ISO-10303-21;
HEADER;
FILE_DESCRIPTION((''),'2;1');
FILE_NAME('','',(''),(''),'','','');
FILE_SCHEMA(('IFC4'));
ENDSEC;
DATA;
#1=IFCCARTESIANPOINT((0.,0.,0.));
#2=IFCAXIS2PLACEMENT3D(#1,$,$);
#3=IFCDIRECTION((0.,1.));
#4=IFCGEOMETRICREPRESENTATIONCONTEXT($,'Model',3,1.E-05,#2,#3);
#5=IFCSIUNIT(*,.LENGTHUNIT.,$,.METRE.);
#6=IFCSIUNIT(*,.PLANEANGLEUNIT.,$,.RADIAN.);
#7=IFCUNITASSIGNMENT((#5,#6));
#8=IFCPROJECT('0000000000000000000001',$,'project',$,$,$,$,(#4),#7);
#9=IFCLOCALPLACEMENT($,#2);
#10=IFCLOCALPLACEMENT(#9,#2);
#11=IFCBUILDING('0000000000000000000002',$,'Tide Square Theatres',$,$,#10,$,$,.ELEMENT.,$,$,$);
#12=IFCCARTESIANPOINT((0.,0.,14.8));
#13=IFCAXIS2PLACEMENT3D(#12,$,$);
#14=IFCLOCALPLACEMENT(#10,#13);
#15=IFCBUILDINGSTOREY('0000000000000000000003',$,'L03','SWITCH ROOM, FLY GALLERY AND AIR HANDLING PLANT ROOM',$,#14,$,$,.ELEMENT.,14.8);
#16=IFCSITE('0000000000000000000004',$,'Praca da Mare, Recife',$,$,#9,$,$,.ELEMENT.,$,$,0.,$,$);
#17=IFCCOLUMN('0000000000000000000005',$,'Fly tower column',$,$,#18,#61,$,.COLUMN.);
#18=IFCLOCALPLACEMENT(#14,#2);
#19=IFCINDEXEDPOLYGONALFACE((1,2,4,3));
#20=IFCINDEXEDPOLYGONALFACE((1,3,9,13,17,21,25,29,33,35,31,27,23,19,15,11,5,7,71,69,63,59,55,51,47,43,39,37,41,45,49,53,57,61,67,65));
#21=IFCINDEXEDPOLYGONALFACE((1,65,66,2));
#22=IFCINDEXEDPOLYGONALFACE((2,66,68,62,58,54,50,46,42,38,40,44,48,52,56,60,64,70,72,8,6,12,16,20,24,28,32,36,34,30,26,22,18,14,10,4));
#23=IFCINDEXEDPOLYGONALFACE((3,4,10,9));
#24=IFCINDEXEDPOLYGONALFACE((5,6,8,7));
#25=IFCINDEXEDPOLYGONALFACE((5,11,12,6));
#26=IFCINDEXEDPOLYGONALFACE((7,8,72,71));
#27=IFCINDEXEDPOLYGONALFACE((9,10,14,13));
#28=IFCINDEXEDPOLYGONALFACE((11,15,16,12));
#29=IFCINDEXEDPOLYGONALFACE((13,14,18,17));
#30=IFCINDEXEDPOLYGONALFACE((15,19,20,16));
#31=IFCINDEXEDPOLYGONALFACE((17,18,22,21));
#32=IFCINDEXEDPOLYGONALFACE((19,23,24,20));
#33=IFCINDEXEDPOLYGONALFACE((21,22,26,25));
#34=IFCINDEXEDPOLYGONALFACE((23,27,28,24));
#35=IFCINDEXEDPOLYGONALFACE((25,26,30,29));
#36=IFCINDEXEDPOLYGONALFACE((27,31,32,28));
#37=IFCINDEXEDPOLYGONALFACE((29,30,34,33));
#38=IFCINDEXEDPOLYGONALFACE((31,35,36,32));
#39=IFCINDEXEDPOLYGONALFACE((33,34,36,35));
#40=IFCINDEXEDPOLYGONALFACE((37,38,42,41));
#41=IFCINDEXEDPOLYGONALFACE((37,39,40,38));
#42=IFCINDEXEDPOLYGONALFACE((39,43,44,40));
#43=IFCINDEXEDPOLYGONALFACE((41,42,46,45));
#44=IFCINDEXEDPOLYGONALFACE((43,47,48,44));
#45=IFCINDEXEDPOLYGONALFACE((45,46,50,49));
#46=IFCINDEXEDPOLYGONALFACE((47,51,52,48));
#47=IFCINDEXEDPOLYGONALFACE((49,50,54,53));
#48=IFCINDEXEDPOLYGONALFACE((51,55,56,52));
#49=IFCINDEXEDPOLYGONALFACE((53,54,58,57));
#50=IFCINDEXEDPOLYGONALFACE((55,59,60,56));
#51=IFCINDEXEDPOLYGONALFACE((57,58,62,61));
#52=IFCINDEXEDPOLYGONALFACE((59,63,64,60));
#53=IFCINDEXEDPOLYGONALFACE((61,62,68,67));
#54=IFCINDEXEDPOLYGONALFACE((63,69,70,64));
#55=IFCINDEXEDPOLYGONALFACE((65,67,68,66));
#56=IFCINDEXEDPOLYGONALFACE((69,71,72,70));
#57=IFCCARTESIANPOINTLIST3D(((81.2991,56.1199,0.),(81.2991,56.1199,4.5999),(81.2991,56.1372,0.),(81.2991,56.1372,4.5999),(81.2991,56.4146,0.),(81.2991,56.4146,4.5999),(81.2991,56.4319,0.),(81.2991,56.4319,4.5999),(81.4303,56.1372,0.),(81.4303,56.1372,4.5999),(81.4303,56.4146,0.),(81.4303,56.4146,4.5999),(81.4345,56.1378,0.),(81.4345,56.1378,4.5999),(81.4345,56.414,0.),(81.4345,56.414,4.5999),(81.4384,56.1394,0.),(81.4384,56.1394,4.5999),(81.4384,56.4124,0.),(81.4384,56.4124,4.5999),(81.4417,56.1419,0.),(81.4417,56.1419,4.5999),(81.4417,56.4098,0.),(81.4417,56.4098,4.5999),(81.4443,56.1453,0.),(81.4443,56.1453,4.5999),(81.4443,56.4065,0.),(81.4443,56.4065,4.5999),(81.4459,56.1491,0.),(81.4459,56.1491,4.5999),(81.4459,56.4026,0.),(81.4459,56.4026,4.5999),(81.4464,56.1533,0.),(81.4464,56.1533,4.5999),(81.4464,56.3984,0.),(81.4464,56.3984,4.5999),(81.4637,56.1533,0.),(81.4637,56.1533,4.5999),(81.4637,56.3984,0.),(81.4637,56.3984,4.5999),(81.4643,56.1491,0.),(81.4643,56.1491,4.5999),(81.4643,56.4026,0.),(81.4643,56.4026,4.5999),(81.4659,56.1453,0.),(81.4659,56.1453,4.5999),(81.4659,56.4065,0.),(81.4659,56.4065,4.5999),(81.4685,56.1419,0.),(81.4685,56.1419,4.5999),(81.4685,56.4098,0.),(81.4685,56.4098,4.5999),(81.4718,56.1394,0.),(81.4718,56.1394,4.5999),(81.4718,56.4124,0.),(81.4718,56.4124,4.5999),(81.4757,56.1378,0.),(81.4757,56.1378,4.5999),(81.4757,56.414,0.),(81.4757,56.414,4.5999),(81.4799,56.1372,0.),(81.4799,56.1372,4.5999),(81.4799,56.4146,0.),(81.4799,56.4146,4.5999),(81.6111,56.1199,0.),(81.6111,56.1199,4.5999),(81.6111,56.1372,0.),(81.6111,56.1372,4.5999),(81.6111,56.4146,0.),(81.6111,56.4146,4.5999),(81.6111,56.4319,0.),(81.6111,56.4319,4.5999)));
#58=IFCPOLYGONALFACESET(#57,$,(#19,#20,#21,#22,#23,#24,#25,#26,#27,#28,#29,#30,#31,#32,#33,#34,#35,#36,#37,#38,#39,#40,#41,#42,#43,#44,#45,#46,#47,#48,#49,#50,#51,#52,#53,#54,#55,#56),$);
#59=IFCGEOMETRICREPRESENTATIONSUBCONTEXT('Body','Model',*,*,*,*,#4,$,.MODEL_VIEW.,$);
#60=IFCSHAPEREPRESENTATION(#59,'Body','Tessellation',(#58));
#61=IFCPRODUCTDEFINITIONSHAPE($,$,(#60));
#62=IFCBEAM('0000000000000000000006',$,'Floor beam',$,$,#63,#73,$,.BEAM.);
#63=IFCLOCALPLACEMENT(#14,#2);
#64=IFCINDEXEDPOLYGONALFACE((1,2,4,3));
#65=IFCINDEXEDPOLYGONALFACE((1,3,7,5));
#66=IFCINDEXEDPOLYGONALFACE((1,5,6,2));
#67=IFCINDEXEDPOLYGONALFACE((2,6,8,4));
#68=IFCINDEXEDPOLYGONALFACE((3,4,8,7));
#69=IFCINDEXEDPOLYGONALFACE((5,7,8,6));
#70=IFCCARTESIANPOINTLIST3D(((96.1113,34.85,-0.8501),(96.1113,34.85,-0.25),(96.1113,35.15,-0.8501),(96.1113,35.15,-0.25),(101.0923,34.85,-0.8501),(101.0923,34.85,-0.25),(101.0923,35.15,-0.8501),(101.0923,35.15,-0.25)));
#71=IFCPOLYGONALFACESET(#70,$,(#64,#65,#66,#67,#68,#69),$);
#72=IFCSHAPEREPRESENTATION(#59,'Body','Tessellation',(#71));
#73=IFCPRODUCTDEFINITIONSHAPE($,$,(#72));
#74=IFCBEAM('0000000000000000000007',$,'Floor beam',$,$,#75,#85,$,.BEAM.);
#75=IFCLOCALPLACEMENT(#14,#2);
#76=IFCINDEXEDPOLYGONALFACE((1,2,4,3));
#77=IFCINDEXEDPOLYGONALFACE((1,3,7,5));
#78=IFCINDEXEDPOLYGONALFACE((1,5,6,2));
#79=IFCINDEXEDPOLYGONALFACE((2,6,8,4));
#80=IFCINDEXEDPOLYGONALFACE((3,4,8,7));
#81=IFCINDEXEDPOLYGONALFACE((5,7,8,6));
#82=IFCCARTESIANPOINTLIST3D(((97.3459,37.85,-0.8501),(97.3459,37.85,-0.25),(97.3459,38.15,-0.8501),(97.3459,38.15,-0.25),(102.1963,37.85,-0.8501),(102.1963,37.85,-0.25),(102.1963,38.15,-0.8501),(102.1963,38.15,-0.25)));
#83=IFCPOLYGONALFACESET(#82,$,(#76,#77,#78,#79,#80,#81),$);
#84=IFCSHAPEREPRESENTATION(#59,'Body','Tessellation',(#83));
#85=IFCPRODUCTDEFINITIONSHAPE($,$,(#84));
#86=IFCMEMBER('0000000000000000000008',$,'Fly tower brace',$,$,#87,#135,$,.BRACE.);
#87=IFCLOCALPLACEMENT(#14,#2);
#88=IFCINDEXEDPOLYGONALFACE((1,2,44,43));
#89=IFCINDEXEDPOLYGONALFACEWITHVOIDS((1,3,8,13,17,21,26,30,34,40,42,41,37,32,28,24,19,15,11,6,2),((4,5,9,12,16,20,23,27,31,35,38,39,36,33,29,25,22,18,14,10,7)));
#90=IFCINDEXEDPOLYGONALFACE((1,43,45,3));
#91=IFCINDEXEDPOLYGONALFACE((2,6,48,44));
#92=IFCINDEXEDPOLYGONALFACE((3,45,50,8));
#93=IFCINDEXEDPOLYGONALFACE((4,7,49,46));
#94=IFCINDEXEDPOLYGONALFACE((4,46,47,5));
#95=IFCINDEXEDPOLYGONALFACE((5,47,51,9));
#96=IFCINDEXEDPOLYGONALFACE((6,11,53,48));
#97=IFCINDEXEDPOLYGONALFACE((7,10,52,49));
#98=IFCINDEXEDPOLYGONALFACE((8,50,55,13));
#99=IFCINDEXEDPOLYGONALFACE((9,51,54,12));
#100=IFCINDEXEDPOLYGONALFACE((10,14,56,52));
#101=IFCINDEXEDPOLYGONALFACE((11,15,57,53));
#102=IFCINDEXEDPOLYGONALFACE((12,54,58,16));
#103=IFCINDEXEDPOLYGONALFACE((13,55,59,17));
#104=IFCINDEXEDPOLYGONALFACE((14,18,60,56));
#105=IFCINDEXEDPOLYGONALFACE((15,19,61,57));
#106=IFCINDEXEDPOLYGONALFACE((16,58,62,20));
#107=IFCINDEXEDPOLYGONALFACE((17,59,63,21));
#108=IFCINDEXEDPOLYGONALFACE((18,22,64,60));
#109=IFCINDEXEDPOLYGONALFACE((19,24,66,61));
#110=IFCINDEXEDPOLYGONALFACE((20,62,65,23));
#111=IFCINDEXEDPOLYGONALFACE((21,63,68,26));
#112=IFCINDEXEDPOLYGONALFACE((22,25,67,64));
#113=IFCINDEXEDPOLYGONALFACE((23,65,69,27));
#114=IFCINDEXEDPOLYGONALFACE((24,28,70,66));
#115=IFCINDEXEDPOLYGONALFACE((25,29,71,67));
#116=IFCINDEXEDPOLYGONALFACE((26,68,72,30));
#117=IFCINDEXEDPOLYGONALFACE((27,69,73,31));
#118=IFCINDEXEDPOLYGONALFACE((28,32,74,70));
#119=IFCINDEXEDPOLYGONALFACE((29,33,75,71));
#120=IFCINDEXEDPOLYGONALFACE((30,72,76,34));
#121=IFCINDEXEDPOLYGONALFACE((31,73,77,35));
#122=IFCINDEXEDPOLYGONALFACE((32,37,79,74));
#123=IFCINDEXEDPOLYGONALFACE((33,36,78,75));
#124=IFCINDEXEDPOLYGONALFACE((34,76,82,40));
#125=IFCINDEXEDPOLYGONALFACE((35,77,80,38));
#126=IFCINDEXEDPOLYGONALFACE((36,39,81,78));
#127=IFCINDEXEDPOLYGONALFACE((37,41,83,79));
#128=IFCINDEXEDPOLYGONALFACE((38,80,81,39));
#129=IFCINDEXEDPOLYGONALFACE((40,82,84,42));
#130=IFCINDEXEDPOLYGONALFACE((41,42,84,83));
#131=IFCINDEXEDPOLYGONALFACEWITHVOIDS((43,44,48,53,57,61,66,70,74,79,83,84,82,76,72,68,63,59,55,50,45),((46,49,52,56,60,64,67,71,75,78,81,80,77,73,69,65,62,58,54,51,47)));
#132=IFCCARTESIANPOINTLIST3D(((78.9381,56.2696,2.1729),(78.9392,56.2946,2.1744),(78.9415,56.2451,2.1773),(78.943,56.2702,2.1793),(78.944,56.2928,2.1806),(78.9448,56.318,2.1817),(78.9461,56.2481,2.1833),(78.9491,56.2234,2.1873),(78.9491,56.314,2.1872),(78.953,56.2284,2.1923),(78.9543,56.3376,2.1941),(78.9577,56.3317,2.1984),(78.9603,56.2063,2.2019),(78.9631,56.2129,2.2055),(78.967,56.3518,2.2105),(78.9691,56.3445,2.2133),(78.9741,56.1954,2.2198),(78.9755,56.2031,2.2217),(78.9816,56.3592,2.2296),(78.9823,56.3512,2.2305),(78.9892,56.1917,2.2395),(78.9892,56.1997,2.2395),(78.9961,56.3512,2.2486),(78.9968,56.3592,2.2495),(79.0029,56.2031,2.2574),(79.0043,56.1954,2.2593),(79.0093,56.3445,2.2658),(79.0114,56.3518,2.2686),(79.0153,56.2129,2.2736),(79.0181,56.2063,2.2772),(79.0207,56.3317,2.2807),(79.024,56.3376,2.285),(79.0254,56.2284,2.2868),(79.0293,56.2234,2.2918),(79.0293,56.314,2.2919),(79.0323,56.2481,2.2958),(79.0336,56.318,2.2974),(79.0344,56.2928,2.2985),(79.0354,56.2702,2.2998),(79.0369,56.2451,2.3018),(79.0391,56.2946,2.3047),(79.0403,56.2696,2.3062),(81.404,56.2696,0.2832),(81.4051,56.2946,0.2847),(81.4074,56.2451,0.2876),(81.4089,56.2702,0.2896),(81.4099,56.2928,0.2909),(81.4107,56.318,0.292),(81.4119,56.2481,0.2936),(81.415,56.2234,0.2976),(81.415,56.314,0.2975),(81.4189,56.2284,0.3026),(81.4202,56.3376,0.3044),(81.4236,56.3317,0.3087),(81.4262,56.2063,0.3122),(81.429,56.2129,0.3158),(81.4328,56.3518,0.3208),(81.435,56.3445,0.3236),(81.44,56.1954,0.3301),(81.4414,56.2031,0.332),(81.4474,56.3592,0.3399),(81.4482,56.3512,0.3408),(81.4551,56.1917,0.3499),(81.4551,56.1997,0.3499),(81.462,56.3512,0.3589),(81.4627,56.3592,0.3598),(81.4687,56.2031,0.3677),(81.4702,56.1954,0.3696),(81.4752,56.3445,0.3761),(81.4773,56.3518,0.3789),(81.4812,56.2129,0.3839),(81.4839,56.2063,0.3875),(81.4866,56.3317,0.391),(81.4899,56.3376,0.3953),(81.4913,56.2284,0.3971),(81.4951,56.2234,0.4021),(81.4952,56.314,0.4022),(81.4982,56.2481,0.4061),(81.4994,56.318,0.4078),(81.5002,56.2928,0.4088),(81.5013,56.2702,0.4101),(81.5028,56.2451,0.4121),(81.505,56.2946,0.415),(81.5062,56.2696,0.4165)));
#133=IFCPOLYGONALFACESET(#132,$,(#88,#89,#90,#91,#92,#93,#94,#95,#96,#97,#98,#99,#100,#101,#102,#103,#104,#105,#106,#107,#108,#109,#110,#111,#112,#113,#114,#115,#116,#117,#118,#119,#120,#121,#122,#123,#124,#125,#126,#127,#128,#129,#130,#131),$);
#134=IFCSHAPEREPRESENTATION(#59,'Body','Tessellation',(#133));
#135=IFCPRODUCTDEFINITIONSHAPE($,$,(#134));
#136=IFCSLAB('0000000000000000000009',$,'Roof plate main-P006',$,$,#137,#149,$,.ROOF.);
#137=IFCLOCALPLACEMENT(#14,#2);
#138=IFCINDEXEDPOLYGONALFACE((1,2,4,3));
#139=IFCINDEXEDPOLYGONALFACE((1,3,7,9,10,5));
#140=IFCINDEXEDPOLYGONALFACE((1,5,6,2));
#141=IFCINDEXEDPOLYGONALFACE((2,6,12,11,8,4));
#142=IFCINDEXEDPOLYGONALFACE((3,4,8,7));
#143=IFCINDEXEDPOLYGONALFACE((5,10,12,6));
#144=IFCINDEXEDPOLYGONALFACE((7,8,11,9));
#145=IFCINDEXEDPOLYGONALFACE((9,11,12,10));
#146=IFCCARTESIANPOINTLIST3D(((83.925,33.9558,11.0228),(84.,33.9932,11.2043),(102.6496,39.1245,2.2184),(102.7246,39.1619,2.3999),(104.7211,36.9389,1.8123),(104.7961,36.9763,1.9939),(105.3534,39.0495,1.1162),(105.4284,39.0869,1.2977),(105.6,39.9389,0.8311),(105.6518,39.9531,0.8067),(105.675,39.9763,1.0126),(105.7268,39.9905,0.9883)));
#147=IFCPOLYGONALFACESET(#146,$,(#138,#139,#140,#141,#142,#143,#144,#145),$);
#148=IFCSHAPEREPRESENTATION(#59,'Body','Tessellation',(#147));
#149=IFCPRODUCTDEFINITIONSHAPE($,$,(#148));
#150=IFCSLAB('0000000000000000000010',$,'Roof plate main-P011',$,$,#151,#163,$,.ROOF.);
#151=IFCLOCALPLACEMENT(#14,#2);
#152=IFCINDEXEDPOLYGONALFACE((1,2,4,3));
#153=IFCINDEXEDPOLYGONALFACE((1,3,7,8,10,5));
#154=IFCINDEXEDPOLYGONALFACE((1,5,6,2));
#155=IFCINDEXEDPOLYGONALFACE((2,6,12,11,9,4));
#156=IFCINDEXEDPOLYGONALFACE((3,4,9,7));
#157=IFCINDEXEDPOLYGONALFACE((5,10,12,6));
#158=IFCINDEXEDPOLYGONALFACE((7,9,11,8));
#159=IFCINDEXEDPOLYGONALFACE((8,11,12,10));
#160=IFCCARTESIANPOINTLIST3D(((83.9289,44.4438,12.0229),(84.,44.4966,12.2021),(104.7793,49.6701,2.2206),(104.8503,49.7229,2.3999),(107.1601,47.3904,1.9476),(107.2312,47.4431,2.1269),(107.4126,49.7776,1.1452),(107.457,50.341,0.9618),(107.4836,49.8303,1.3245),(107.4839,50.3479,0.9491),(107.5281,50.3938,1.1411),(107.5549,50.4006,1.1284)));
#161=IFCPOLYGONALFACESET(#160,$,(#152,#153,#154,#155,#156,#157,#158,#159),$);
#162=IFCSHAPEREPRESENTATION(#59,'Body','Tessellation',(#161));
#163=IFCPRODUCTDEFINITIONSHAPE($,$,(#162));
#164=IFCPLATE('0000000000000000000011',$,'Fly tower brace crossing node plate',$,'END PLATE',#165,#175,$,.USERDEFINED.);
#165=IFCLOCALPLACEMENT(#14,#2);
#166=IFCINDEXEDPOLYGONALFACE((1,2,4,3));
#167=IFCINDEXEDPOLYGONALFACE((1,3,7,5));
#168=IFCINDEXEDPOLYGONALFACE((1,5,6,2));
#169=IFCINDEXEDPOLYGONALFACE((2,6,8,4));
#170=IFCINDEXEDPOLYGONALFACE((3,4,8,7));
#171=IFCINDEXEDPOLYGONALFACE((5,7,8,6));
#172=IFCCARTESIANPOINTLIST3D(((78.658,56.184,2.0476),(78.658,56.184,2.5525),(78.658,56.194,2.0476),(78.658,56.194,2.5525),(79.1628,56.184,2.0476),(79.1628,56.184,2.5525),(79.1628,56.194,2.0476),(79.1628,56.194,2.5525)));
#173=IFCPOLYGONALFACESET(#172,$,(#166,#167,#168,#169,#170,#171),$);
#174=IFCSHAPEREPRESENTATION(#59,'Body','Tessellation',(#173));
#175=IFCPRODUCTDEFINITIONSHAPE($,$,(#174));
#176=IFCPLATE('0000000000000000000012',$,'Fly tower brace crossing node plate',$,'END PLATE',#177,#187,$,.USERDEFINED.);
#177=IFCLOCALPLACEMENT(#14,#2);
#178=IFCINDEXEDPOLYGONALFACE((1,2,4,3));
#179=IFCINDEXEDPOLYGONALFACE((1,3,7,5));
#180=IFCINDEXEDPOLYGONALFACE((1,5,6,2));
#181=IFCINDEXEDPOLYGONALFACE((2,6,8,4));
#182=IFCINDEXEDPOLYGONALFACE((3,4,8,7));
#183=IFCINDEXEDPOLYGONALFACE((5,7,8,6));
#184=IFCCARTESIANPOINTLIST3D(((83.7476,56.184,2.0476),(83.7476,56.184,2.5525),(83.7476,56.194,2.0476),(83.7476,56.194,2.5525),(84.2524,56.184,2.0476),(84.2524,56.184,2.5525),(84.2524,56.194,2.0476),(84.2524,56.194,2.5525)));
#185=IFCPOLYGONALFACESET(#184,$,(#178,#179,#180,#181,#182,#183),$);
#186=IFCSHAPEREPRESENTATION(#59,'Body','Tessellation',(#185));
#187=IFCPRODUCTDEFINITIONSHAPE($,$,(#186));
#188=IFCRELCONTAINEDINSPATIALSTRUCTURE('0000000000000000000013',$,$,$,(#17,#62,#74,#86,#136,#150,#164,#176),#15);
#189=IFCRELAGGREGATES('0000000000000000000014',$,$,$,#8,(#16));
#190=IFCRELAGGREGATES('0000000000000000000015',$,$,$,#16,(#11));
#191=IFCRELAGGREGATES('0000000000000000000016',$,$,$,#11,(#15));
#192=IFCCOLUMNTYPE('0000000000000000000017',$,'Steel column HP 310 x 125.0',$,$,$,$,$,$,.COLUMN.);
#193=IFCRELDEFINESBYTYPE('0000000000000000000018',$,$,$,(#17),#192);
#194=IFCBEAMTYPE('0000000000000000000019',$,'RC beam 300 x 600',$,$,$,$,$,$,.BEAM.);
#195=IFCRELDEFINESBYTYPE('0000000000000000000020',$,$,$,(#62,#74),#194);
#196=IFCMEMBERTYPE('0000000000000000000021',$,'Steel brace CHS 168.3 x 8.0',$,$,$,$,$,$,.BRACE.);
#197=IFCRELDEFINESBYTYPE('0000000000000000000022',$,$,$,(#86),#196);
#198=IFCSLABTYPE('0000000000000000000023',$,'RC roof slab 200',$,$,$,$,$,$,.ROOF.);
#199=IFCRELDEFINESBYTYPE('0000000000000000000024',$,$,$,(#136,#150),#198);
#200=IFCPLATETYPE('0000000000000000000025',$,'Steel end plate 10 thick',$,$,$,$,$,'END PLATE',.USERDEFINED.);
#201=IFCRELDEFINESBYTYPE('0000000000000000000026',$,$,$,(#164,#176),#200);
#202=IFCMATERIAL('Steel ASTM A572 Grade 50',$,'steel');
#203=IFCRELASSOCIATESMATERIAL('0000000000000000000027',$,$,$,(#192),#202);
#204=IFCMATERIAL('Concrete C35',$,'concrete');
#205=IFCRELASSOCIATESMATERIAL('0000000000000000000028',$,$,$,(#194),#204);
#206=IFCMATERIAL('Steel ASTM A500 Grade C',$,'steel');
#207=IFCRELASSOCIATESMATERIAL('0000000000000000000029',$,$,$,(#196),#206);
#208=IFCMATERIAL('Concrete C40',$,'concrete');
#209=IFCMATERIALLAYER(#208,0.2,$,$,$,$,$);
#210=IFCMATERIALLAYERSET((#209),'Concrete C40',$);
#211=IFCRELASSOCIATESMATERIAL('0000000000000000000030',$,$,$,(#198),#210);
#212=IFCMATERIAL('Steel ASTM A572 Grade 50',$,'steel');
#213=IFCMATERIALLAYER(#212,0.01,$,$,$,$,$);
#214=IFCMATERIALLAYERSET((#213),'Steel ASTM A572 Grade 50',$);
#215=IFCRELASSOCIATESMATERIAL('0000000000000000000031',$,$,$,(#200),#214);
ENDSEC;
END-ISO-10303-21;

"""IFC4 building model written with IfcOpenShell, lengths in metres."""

from ifc_helpers import new_model, si_unit, direction, frame, origin, origin_2d, place, context, subcontext, project, spatial, polyline, rectangle, hollow_circle, i_section, outline, extrude, material, layer, layer_set, material_profile, profile_set, type_object, element, save


model = new_model("IFC4")

# Units and contexts
model_context = context("Model", 3, precision=1e-05, world=origin(), true_north=direction((0.0, 1.0)))
body_context = subcontext(model_context, "Body", "Model", "MODEL_VIEW")
ifc_project = project(units=[si_unit("LENGTHUNIT", "METRE"), si_unit("PLANEANGLEUNIT", "RADIAN")], contexts=[model_context])

# Site, building, storey
site_placement = place(None, origin())
site = spatial("IfcSite", under=ifc_project, at=site_placement, Name="Praca da Mare, Recife", CompositionType="ELEMENT", RefElevation=0.0)
building_placement = place(site_placement, origin())
building = spatial("IfcBuilding", under=site, at=building_placement, Name="Tide Square Theatres", CompositionType="ELEMENT")
storey_placement = place(building_placement, frame((0.0, 0.0, 14.8)))
storey = spatial("IfcBuildingStorey", under=building, at=storey_placement, Name="L03", Description="SWITCH ROOM, FLY GALLERY AND AIR HANDLING PLANT ROOM", CompositionType="ELEMENT", Elevation=14.8)

# Column
ifc_material_1 = material(Name="Steel ASTM A572 Grade 50", Category="steel")
ifc_material_profile_1 = material_profile(ifc_material_1, i_section(OverallWidth=0.312, OverallDepth=0.312, WebThickness=0.0173, FlangeThickness=0.0173, FilletRadius=0.0161, at=origin_2d()))
ifc_profile_set_1 = profile_set([ifc_material_profile_1], Name="Steel ASTM A572 Grade 50")
column_type = type_object("IfcColumnType", Name="Steel column HP 310 x 125.0", PredefinedType="COLUMN", material=ifc_profile_set_1)
column_placement = place(storey_placement, frame((81.4551, 56.2759, 0.0), z_axis=(0.0, 0.0, 1.0), x_axis=(1.0, 0.0, 0.0)))
element("IfcColumn", 1, at=column_placement, inside=storey, type_object=column_type, Name="Fly tower column", PredefinedType="COLUMN", context=body_context, shape_type="SweptSolid", body=[
    extrude(i_section(OverallWidth=0.312, OverallDepth=0.312, WebThickness=0.0173, FlangeThickness=0.0173, FilletRadius=0.0161, at=origin_2d()), origin(), (0.0, 0.0, 1.0), 4.5999),
])

# Beams
ifc_material_2 = material(Name="Concrete C35", Category="concrete")
ifc_material_profile_2 = material_profile(ifc_material_2, rectangle(XDim=0.3, YDim=0.6001, at=origin_2d()))
ifc_profile_set_2 = profile_set([ifc_material_profile_2], Name="Concrete C35")
beam_type = type_object("IfcBeamType", Name="RC beam 300 x 600", PredefinedType="BEAM", material=ifc_profile_set_2)
beam_1_placement = place(storey_placement, frame((96.1113, 35.0, -0.55), z_axis=(1.0, 0.0, 0.0), x_axis=(0.0, 1.0, 0.0)))
element("IfcBeam", 2, at=beam_1_placement, inside=storey, type_object=beam_type, Name="Floor beam", PredefinedType="BEAM", context=body_context, shape_type="SweptSolid", body=[
    extrude(rectangle(XDim=0.3, YDim=0.6001, at=origin_2d()), origin(), (0.0, 0.0, 1.0), 4.981),
])
beam_2_placement = place(storey_placement, frame((97.3459, 38.0, -0.55), z_axis=(1.0, 0.0, 0.0), x_axis=(0.0, 1.0, 0.0)))
element("IfcBeam", 3, at=beam_2_placement, inside=storey, type_object=beam_type, Name="Floor beam", PredefinedType="BEAM", context=body_context, shape_type="SweptSolid", body=[
    extrude(rectangle(XDim=0.3, YDim=0.6001, at=origin_2d()), origin(), (0.0, 0.0, 1.0), 4.8503),
])

# Member
ifc_material_3 = material(Name="Steel ASTM A500 Grade C", Category="steel")
ifc_material_profile_3 = material_profile(ifc_material_3, hollow_circle(Radius=0.0842, WallThickness=0.0081, at=origin_2d()))
ifc_profile_set_3 = profile_set([ifc_material_profile_3], Name="Steel ASTM A500 Grade C")
member_type = type_object("IfcMemberType", Name="Steel brace CHS 168.3 x 8.0", PredefinedType="BRACE", material=ifc_profile_set_3)
member_placement = place(storey_placement, frame((81.4551, 56.2759, 0.3499), z_axis=(-0.793733, 0.0, 0.608267), x_axis=(0.0, -1.0, 0.0)))
element("IfcMember", 4, at=member_placement, inside=storey, type_object=member_type, Name="Fly tower brace", PredefinedType="BRACE", context=body_context, shape_type="SweptSolid", body=[
    extrude(hollow_circle(Radius=0.0842, WallThickness=0.0081, at=origin_2d()), origin(), (0.0, 0.0, 1.0), 3.1067),
])

# Slabs
ifc_material_4 = material(Name="Concrete C40", Category="concrete")
ifc_layer_1 = layer(ifc_material_4, 0.2)
ifc_layer_set_1 = layer_set([ifc_layer_1], Name="Concrete C40")
slab_type = type_object("IfcSlabType", Name="RC roof slab 200", PredefinedType="ROOF", material=ifc_layer_set_1)
slab_1_placement = place(storey_placement, frame((84.0, 33.9932, 11.2043), z_axis=(0.375257, 0.187021, 0.907857), x_axis=(0.906572, 0.130045, -0.401516)))
element("IfcSlab", 5, at=slab_1_placement, inside=storey, type_object=slab_type, Name="Roof plate main-P006", PredefinedType="ROOF", context=body_context, shape_type="SweptSolid", body=[
    extrude(outline(polyline([(0.0, 0.0), (22.9393, 0.0), (24.5788, 2.8766), (24.5202, 2.8698), (24.0665, 2.017), (21.1825, 2.4792), (0.0, 0.0)])), origin(), (0.0, 0.0, -1.0), 0.2),
])
slab_2_placement = place(storey_placement, frame((84.0, 44.4966, 12.2021), z_axis=(0.355429, 0.26383, 0.896696), x_axis=(0.911286, 0.115583, -0.395219)))
element("IfcSlab", 6, at=slab_2_placement, inside=storey, type_object=slab_type, Name="Roof plate main-P011", PredefinedType="ROOF", context=body_context, shape_type="SweptSolid", body=[
    extrude(outline(polyline([(0.0, 0.0), (25.4928, 0.0), (26.5242, 2.9639), (26.494, 2.9604), (26.3159, 2.3935), (23.4787, 2.6238), (0.0, 0.0)])), origin(), (0.0, 0.0, -1.0), 0.2),
])

# Plates
ifc_material_5 = material(Name="Steel ASTM A572 Grade 50", Category="steel")
ifc_layer_2 = layer(ifc_material_5, 0.01)
ifc_layer_set_2 = layer_set([ifc_layer_2], Name="Steel ASTM A572 Grade 50")
plate_type = type_object("IfcPlateType", Name="Steel end plate 10 thick", ElementType="END PLATE", PredefinedType="USERDEFINED", material=ifc_layer_set_2)
for number, where, z_axis, x_axis, name in (
    (7, (78.9104, 56.189, 2.0476), (0.0, 0.0, 1.0), (0.0, -1.0, 0.0), "Fly tower brace crossing node plate"),
    (8, (84.0, 56.189, 2.0476), (0.0, 0.0, 1.0), (0.0, -1.0, 0.0), "Fly tower brace crossing node plate"),
):
    element("IfcPlate", number, at=place(storey_placement, frame(where, z_axis=z_axis, x_axis=x_axis)), inside=storey, type_object=plate_type, Name=name, ObjectType="END PLATE", PredefinedType="USERDEFINED", context=body_context, shape_type="SweptSolid", body=[
        extrude(rectangle(XDim=0.01, YDim=0.5049, at=origin_2d()), origin(), (0.0, 0.0, 1.0), 0.5049),
    ])

save(model, "model.ifc")
